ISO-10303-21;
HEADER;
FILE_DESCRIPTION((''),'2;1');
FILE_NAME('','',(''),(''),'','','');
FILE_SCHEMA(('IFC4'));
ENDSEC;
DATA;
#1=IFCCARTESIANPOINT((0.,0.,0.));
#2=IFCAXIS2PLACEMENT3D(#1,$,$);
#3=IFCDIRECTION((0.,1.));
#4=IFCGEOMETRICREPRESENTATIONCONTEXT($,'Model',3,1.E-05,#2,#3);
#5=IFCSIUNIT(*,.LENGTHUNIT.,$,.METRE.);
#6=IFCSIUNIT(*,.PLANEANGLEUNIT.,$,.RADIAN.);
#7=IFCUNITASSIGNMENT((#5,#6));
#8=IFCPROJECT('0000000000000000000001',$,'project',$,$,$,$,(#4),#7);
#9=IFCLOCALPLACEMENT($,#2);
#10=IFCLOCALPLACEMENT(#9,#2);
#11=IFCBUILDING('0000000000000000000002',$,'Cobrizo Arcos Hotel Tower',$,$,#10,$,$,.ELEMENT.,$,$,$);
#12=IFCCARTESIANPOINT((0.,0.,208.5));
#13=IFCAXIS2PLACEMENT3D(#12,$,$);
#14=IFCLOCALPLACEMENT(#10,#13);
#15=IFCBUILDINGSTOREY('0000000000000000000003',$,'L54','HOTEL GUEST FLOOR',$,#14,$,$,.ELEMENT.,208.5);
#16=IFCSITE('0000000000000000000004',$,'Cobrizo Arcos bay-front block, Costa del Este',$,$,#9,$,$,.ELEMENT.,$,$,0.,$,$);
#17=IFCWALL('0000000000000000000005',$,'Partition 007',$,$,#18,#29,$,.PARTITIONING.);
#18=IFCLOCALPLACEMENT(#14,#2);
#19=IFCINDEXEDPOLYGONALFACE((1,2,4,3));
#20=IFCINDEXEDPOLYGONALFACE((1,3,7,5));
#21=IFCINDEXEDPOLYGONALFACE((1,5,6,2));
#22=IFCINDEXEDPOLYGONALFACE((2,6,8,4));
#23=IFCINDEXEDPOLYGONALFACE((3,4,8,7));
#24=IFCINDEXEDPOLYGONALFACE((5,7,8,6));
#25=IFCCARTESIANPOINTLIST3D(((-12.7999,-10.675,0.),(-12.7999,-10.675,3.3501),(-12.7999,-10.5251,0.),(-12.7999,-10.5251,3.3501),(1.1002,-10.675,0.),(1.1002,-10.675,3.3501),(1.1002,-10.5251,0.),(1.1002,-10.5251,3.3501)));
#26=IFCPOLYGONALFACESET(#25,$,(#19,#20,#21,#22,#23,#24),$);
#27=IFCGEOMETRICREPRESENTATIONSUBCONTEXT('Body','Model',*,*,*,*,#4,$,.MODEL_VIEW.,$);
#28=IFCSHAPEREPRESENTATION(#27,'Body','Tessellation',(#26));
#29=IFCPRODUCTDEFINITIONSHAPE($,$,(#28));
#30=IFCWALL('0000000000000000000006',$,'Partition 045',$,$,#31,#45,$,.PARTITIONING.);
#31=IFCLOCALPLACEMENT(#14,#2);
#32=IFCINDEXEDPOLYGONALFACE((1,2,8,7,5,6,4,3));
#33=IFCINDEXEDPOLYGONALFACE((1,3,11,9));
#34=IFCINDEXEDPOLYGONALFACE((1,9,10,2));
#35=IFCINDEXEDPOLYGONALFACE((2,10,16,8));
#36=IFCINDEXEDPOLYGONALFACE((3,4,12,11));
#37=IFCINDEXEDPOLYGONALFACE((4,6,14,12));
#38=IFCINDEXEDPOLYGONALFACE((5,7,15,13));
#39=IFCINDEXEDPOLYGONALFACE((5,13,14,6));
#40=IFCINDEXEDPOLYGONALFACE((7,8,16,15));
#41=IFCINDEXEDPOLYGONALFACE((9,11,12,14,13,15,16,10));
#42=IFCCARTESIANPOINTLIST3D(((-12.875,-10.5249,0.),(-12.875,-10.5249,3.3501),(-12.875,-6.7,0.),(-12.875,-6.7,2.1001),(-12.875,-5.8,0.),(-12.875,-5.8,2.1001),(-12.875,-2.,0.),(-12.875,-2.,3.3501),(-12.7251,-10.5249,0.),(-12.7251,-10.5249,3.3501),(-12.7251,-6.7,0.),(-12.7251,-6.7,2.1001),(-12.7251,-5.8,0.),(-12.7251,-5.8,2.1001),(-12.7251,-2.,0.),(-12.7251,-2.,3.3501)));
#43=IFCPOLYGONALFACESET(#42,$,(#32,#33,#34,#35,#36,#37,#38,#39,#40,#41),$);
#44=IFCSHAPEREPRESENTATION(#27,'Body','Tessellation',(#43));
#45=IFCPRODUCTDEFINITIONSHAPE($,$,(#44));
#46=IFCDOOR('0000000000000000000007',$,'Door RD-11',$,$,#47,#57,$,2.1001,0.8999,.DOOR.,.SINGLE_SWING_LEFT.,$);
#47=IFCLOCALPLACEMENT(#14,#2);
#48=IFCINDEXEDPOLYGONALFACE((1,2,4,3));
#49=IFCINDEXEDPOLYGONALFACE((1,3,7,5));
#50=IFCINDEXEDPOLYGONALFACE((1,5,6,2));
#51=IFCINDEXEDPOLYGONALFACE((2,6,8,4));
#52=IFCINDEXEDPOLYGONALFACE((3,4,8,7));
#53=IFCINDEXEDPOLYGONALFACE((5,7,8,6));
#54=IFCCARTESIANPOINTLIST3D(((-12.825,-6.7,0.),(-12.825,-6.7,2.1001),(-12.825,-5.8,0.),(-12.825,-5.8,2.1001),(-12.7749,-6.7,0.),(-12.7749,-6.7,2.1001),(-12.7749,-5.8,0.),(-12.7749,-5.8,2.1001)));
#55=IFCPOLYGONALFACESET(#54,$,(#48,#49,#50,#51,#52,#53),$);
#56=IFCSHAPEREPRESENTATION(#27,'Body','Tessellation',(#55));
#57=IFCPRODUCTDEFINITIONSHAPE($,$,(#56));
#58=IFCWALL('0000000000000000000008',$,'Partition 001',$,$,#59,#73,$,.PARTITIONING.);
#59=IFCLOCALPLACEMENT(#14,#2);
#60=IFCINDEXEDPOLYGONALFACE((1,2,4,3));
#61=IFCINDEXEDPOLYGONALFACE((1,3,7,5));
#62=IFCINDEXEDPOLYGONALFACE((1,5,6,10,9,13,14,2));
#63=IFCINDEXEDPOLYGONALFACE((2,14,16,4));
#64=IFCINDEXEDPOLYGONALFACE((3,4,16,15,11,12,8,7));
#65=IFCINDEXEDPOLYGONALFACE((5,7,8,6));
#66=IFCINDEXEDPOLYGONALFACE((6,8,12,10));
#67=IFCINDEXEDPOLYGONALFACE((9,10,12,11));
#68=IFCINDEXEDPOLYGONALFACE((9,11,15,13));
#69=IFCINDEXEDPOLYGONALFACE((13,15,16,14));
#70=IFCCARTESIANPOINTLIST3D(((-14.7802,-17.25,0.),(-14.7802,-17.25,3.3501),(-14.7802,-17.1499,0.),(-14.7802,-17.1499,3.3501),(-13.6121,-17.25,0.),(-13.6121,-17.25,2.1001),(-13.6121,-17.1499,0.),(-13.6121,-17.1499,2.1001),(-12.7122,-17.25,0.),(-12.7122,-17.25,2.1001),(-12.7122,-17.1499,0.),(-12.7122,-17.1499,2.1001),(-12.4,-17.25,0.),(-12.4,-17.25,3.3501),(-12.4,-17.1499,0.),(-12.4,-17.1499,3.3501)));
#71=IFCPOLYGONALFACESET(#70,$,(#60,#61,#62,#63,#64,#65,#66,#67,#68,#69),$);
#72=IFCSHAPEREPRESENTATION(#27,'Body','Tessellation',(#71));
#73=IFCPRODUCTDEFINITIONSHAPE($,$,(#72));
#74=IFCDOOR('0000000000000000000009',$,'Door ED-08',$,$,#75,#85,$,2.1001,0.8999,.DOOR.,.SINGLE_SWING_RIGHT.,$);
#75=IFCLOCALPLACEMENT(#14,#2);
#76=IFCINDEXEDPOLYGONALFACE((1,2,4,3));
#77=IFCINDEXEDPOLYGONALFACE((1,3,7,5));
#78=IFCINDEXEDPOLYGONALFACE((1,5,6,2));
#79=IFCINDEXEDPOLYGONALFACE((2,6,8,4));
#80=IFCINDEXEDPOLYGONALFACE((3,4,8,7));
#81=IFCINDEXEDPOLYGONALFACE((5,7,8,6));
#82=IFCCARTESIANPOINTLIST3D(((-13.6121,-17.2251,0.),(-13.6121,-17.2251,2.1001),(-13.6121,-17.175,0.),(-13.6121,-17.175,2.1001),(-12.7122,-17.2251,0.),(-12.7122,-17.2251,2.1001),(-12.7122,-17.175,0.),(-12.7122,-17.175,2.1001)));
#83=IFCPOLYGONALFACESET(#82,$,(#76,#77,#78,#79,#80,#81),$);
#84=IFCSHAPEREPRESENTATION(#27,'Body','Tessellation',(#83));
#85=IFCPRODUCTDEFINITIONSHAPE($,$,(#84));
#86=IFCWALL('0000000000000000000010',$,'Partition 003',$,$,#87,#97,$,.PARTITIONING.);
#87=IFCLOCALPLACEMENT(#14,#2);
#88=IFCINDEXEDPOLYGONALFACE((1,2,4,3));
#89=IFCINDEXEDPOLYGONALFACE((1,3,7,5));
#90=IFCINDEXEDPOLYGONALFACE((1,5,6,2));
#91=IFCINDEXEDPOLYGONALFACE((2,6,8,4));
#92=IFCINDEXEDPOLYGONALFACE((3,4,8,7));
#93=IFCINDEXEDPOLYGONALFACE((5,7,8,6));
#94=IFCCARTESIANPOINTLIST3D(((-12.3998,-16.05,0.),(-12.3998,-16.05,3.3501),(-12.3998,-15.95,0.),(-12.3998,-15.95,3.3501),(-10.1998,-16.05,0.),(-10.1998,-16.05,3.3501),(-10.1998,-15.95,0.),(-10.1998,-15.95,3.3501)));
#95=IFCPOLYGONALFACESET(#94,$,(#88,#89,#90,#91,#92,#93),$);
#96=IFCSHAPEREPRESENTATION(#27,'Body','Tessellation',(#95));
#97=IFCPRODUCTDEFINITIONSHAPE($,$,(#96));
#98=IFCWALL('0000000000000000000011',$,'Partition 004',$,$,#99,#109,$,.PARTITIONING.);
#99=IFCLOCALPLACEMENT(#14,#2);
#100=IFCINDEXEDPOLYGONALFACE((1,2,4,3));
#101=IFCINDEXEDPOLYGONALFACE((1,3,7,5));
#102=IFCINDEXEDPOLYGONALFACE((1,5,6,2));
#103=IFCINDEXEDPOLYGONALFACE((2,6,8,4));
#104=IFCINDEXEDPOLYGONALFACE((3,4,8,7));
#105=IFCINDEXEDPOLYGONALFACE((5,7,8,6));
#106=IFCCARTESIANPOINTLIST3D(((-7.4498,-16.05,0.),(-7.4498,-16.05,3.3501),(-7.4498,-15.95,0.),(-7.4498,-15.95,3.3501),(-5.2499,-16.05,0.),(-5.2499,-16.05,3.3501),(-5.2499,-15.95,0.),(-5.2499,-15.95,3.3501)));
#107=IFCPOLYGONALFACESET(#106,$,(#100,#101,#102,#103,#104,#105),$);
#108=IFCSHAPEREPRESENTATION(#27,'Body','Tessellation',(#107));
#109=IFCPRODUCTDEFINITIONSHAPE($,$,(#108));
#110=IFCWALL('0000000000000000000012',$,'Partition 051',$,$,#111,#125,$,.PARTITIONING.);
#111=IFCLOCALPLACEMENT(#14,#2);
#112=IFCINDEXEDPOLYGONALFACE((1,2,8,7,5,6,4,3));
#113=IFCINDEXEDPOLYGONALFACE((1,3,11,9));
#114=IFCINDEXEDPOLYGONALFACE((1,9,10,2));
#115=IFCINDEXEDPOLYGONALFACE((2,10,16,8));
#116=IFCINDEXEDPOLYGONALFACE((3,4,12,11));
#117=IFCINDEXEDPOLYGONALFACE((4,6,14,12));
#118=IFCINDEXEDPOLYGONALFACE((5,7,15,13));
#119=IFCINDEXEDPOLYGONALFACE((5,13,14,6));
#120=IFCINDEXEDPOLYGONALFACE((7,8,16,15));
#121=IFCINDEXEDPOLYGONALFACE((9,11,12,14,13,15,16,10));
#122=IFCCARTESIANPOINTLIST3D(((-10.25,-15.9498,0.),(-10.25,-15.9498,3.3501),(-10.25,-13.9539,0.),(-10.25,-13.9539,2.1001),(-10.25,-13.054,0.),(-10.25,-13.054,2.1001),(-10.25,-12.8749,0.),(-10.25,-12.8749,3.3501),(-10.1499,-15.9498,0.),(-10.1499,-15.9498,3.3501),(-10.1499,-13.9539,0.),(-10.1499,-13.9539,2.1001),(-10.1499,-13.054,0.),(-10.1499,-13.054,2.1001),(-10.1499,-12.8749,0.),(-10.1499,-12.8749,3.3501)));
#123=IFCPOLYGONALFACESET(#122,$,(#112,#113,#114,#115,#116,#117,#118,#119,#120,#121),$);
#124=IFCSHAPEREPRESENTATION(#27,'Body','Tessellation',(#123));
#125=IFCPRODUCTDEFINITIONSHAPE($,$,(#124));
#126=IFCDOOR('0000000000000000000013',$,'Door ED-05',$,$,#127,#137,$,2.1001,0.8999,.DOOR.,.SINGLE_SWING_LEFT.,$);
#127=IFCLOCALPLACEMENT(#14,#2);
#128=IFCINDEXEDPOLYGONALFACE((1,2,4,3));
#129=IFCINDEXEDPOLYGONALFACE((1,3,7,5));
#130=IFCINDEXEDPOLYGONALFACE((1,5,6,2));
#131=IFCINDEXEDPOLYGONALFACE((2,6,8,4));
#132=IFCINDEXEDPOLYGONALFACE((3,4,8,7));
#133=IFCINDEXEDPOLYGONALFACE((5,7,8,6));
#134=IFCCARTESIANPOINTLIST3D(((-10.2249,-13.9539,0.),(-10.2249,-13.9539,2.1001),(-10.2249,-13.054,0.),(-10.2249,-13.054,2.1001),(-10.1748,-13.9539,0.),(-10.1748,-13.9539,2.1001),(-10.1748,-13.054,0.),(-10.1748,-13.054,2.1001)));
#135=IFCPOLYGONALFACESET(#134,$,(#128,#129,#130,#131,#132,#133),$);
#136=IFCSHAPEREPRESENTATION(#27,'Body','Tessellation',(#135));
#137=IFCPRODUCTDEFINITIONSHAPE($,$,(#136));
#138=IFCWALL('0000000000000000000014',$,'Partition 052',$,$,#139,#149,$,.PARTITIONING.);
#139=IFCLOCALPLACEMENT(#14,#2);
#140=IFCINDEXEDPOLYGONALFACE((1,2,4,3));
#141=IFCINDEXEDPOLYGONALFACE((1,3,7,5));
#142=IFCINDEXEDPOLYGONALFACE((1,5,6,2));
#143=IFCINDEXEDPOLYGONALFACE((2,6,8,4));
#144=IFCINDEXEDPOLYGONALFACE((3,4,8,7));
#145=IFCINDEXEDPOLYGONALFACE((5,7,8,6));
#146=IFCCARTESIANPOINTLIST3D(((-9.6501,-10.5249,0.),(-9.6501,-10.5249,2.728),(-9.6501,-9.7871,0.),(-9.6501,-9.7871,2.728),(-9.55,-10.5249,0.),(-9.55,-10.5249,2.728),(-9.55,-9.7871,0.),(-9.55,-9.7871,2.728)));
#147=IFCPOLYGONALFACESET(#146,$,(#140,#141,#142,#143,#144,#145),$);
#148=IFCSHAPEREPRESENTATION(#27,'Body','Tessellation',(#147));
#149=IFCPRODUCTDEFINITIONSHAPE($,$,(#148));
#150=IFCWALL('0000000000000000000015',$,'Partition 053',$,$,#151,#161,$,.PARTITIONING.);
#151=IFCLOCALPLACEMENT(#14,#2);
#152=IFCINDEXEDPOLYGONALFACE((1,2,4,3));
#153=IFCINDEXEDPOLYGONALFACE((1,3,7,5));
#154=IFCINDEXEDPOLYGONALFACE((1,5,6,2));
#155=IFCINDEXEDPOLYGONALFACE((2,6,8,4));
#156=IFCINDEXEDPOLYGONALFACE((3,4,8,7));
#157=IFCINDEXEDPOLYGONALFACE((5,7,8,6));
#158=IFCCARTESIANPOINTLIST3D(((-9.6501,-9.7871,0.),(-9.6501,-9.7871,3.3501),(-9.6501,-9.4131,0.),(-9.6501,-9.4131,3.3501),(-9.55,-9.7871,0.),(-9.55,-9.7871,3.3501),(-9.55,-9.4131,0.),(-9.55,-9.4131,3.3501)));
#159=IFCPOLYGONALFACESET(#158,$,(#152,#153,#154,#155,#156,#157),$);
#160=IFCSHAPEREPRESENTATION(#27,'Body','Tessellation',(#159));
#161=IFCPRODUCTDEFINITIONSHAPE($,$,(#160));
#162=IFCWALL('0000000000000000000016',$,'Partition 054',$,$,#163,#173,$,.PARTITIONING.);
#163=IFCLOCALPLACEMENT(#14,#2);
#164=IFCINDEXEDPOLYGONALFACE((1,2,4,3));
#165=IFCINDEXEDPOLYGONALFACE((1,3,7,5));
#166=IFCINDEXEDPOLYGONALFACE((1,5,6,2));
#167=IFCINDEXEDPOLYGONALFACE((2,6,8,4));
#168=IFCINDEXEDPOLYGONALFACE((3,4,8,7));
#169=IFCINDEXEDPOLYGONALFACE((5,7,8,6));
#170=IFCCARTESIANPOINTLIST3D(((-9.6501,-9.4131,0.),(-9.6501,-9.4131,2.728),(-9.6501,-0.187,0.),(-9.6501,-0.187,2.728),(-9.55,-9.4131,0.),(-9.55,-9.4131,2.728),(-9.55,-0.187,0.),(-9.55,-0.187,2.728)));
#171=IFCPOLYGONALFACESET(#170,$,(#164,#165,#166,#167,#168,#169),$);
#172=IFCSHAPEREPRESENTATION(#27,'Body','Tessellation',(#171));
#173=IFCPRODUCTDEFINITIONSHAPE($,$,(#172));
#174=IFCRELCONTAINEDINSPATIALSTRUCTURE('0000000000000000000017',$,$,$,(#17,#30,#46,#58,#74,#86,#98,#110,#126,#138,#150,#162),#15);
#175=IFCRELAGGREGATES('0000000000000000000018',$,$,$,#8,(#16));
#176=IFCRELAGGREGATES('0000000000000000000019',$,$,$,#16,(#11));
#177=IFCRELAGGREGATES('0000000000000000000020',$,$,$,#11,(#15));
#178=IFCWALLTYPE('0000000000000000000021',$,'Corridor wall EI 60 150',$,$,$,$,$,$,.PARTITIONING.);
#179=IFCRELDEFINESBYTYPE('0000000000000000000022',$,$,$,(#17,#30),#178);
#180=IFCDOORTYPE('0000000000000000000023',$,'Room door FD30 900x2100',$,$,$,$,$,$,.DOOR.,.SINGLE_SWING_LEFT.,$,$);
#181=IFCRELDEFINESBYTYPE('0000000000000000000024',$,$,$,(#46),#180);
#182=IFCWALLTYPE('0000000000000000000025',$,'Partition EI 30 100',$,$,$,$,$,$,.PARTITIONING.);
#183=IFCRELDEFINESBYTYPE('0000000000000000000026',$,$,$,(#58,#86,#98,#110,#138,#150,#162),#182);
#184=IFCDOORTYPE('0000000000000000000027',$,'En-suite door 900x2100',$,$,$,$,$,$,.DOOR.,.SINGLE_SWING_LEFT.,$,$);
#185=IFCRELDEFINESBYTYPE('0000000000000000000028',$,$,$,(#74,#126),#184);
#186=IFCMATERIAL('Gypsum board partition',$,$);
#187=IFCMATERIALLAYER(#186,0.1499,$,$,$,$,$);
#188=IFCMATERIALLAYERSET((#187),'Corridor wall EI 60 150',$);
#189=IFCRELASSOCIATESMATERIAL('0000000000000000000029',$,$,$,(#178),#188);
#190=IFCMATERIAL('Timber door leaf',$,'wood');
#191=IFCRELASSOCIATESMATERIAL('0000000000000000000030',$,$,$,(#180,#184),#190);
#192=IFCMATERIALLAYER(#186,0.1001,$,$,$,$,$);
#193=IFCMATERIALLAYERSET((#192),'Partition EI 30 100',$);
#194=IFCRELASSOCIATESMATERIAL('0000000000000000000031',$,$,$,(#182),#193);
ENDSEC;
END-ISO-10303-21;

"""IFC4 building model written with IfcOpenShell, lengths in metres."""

from ifc_helpers import new_model, si_unit, direction, frame, frame_2d, origin, place, context, subcontext, project, spatial, rectangle, extrude, material, layer, layer_set, type_object, element, fill, save


model = new_model("IFC4")

# Units and contexts
model_context = context("Model", 3, precision=1e-05, world=origin(), true_north=direction((0.0, 1.0)))
body_context = subcontext(model_context, "Body", "Model", "MODEL_VIEW")
ifc_project = project(units=[si_unit("LENGTHUNIT", "METRE"), si_unit("PLANEANGLEUNIT", "RADIAN")], contexts=[model_context])

# Site, building, storey
site_placement = place(None, origin())
site = spatial("IfcSite", under=ifc_project, at=site_placement, Name="Cobrizo Arcos bay-front block, Costa del Este", CompositionType="ELEMENT", RefElevation=0.0)
building_placement = place(site_placement, origin())
building = spatial("IfcBuilding", under=site, at=building_placement, Name="Cobrizo Arcos Hotel Tower", CompositionType="ELEMENT")
storey_placement = place(building_placement, frame((0.0, 0.0, 208.5)))
storey = spatial("IfcBuildingStorey", under=building, at=storey_placement, Name="L54", Description="HOTEL GUEST FLOOR", CompositionType="ELEMENT", Elevation=208.5)

# Wall
ifc_material_1 = material(Name="Gypsum board partition")
ifc_layer_1 = layer(ifc_material_1, 0.1499)
ifc_layer_set_1 = layer_set([ifc_layer_1], Name="Corridor wall EI 60 150")
wall_type_1 = type_object("IfcWallType", Name="Corridor wall EI 60 150", PredefinedType="PARTITIONING", material=ifc_layer_set_1)
wall_1_placement = place(storey_placement, frame((-12.8, -10.6001, 0.0), z_axis=(0.0, 0.0, 1.0), x_axis=(1.0, 0.0, 0.0)))
element("IfcWall", 1, at=wall_1_placement, inside=storey, type_object=wall_type_1, Name="Partition 007", PredefinedType="PARTITIONING", context=body_context, shape_type="SweptSolid", body=[
    extrude(rectangle(XDim=13.9001, YDim=0.1499, at=frame_2d((6.9502, 0.0))), origin(), (0.0, 0.0, 1.0), 3.3501),
])

# Walls, openings, doors
wall_2_placement = place(storey_placement, frame((-12.8, -10.5249, 0.0), z_axis=(0.0, 0.0, 1.0), x_axis=(0.0, 1.0, 0.0)))
wall_2 = element("IfcWall", 2, at=wall_2_placement, inside=storey, type_object=wall_type_1, Name="Partition 045", PredefinedType="PARTITIONING", context=body_context, shape_type="SweptSolid", body=[
    extrude(rectangle(XDim=8.5249, YDim=0.1499, at=frame_2d((4.2625, 0.0))), origin(), (0.0, 0.0, 1.0), 3.3501),
])
opening_1_placement = place(wall_2_placement, frame((3.825, 0.0, 0.0)))
opening_1 = element("IfcOpeningElement", 3, at=opening_1_placement, cuts=wall_2, PredefinedType="OPENING", context=body_context, shape_type="SweptSolid", body=[
    extrude(rectangle(XDim=0.8999, YDim=2.1001, at=frame_2d((0.45, 1.05))), frame((0.0, 0.0869, 0.0), z_axis=(0.0, -1.0, 0.0), x_axis=(1.0, 0.0, 0.0)), (0.0, 0.0, 1.0), 0.1738),
])
ifc_material_2 = material(Name="Timber door leaf", Category="wood")
door_type_1 = type_object("IfcDoorType", Name="Room door FD30 900x2100", OperationType="SINGLE_SWING_LEFT", PredefinedType="DOOR", material=ifc_material_2)
door_1_placement = place(opening_1_placement, origin())
door_1 = element("IfcDoor", 4, at=door_1_placement, inside=storey, type_object=door_type_1, Name="Door RD-11", OperationType="SINGLE_SWING_LEFT", OverallHeight=2.1001, OverallWidth=0.8999, PredefinedType="DOOR", context=body_context, shape_type="SweptSolid", body=[
    extrude(rectangle(XDim=0.8999, YDim=2.1001, at=frame_2d((0.45, 1.05))), frame((0.0, 0.0249, 0.0), z_axis=(0.0, -1.0, 0.0), x_axis=(1.0, 0.0, 0.0)), (0.0, 0.0, 1.0), 0.05),
])
fill(opening_1, door_1)
ifc_layer_2 = layer(ifc_material_1, 0.1001)
ifc_layer_set_2 = layer_set([ifc_layer_2], Name="Partition EI 30 100")
wall_type_2 = type_object("IfcWallType", Name="Partition EI 30 100", PredefinedType="PARTITIONING", material=ifc_layer_set_2)
wall_3_placement = place(storey_placement, frame((-14.78, -17.2, 0.0), z_axis=(0.0, 0.0, 1.0), x_axis=(1.0, 0.0, 0.0)))
wall_3 = element("IfcWall", 5, at=wall_3_placement, inside=storey, type_object=wall_type_2, Name="Partition 001", PredefinedType="PARTITIONING", context=body_context, shape_type="SweptSolid", body=[
    extrude(rectangle(XDim=2.3801, YDim=0.1001, at=frame_2d((1.1899, 0.0))), origin(), (0.0, 0.0, 1.0), 3.3501),
])
opening_2_placement = place(wall_3_placement, frame((1.168, 0.0, 0.0)))
opening_2 = element("IfcOpeningElement", 6, at=opening_2_placement, cuts=wall_3, PredefinedType="OPENING", context=body_context, shape_type="SweptSolid", body=[
    extrude(rectangle(XDim=0.8999, YDim=2.1001, at=frame_2d((0.45, 1.05))), frame((0.0, 0.062, 0.0), z_axis=(0.0, -1.0, 0.0), x_axis=(1.0, 0.0, 0.0)), (0.0, 0.0, 1.0), 0.124),
])
door_type_2 = type_object("IfcDoorType", Name="En-suite door 900x2100", OperationType="SINGLE_SWING_LEFT", PredefinedType="DOOR", material=ifc_material_2)
door_2_placement = place(opening_2_placement, origin())
door_2 = element("IfcDoor", 7, at=door_2_placement, inside=storey, type_object=door_type_2, Name="Door ED-08", OperationType="SINGLE_SWING_RIGHT", OverallHeight=2.1001, OverallWidth=0.8999, PredefinedType="DOOR", context=body_context, shape_type="SweptSolid", body=[
    extrude(rectangle(XDim=0.8999, YDim=2.1001, at=frame_2d((0.45, 1.05))), frame((0.0, 0.0249, 0.0), z_axis=(0.0, -1.0, 0.0), x_axis=(1.0, 0.0, 0.0)), (0.0, 0.0, 1.0), 0.05),
])
fill(opening_2, door_2)

# Walls
for number, where, z_axis, x_axis, name in (
    (8, (-12.3999, -16.0, 0.0), (0.0, 0.0, 1.0), (1.0, 0.0, 0.0), "Partition 003"),
    (9, (-7.45, -16.0, 0.0), (0.0, 0.0, 1.0), (1.0, 0.0, 0.0), "Partition 004"),
):
    element("IfcWall", number, at=place(storey_placement, frame(where, z_axis=z_axis, x_axis=x_axis)), inside=storey, type_object=wall_type_2, Name=name, PredefinedType="PARTITIONING", context=body_context, shape_type="SweptSolid", body=[
        extrude(rectangle(XDim=2.2, YDim=0.1001, at=frame_2d((1.1001, 0.0))), origin(), (0.0, 0.0, 1.0), 3.3501),
    ])

# Wall, opening, door
wall_4_placement = place(storey_placement, frame((-10.2, -15.95, 0.0), z_axis=(0.0, 0.0, 1.0), x_axis=(0.0, 1.0, 0.0)))
wall_4 = element("IfcWall", 10, at=wall_4_placement, inside=storey, type_object=wall_type_2, Name="Partition 051", PredefinedType="PARTITIONING", context=body_context, shape_type="SweptSolid", body=[
    extrude(rectangle(XDim=3.075, YDim=0.1001, at=frame_2d((1.5376, 0.0))), origin(), (0.0, 0.0, 1.0), 3.3501),
])
opening_3_placement = place(wall_4_placement, frame((1.9961, 0.0, 0.0)))
opening_3 = element("IfcOpeningElement", 11, at=opening_3_placement, cuts=wall_4, PredefinedType="OPENING", context=body_context, shape_type="SweptSolid", body=[
    extrude(rectangle(XDim=0.8999, YDim=2.1001, at=frame_2d((0.45, 1.05))), frame((0.0, 0.062, 0.0), z_axis=(0.0, -1.0, 0.0), x_axis=(1.0, 0.0, 0.0)), (0.0, 0.0, 1.0), 0.124),
])
door_3_placement = place(opening_3_placement, origin())
door_3 = element("IfcDoor", 12, at=door_3_placement, inside=storey, type_object=door_type_2, Name="Door ED-05", OperationType="SINGLE_SWING_LEFT", OverallHeight=2.1001, OverallWidth=0.8999, PredefinedType="DOOR", context=body_context, shape_type="SweptSolid", body=[
    extrude(rectangle(XDim=0.8999, YDim=2.1001, at=frame_2d((0.45, 1.05))), frame((0.0, 0.0249, 0.0), z_axis=(0.0, -1.0, 0.0), x_axis=(1.0, 0.0, 0.0)), (0.0, 0.0, 1.0), 0.05),
])
fill(opening_3, door_3)

# Walls
wall_5_placement = place(storey_placement, frame((-9.6001, -10.5249, 0.0), z_axis=(0.0, 0.0, 1.0), x_axis=(0.0, 1.0, 0.0)))
element("IfcWall", 13, at=wall_5_placement, inside=storey, type_object=wall_type_2, Name="Partition 052", PredefinedType="PARTITIONING", context=body_context, shape_type="SweptSolid", body=[
    extrude(rectangle(XDim=0.7378, YDim=0.1001, at=frame_2d((0.3689, 0.0))), origin(), (0.0, 0.0, 1.0), 2.728),
])
wall_6_placement = place(storey_placement, frame((-9.6001, -9.7871, 0.0), z_axis=(0.0, 0.0, 1.0), x_axis=(0.0, 1.0, 0.0)))
element("IfcWall", 14, at=wall_6_placement, inside=storey, type_object=wall_type_2, Name="Partition 053", PredefinedType="PARTITIONING", context=body_context, shape_type="SweptSolid", body=[
    extrude(rectangle(XDim=0.374, YDim=0.1001, at=frame_2d((0.187, 0.0))), origin(), (0.0, 0.0, 1.0), 3.3501),
])
wall_7_placement = place(storey_placement, frame((-9.6001, -9.4131, 0.0), z_axis=(0.0, 0.0, 1.0), x_axis=(0.0, 1.0, 0.0)))
element("IfcWall", 15, at=wall_7_placement, inside=storey, type_object=wall_type_2, Name="Partition 054", PredefinedType="PARTITIONING", context=body_context, shape_type="SweptSolid", body=[
    extrude(rectangle(XDim=9.2261, YDim=0.1001, at=frame_2d((4.613, 0.0))), origin(), (0.0, 0.0, 1.0), 2.728),
])

save(model, "model.ifc")
